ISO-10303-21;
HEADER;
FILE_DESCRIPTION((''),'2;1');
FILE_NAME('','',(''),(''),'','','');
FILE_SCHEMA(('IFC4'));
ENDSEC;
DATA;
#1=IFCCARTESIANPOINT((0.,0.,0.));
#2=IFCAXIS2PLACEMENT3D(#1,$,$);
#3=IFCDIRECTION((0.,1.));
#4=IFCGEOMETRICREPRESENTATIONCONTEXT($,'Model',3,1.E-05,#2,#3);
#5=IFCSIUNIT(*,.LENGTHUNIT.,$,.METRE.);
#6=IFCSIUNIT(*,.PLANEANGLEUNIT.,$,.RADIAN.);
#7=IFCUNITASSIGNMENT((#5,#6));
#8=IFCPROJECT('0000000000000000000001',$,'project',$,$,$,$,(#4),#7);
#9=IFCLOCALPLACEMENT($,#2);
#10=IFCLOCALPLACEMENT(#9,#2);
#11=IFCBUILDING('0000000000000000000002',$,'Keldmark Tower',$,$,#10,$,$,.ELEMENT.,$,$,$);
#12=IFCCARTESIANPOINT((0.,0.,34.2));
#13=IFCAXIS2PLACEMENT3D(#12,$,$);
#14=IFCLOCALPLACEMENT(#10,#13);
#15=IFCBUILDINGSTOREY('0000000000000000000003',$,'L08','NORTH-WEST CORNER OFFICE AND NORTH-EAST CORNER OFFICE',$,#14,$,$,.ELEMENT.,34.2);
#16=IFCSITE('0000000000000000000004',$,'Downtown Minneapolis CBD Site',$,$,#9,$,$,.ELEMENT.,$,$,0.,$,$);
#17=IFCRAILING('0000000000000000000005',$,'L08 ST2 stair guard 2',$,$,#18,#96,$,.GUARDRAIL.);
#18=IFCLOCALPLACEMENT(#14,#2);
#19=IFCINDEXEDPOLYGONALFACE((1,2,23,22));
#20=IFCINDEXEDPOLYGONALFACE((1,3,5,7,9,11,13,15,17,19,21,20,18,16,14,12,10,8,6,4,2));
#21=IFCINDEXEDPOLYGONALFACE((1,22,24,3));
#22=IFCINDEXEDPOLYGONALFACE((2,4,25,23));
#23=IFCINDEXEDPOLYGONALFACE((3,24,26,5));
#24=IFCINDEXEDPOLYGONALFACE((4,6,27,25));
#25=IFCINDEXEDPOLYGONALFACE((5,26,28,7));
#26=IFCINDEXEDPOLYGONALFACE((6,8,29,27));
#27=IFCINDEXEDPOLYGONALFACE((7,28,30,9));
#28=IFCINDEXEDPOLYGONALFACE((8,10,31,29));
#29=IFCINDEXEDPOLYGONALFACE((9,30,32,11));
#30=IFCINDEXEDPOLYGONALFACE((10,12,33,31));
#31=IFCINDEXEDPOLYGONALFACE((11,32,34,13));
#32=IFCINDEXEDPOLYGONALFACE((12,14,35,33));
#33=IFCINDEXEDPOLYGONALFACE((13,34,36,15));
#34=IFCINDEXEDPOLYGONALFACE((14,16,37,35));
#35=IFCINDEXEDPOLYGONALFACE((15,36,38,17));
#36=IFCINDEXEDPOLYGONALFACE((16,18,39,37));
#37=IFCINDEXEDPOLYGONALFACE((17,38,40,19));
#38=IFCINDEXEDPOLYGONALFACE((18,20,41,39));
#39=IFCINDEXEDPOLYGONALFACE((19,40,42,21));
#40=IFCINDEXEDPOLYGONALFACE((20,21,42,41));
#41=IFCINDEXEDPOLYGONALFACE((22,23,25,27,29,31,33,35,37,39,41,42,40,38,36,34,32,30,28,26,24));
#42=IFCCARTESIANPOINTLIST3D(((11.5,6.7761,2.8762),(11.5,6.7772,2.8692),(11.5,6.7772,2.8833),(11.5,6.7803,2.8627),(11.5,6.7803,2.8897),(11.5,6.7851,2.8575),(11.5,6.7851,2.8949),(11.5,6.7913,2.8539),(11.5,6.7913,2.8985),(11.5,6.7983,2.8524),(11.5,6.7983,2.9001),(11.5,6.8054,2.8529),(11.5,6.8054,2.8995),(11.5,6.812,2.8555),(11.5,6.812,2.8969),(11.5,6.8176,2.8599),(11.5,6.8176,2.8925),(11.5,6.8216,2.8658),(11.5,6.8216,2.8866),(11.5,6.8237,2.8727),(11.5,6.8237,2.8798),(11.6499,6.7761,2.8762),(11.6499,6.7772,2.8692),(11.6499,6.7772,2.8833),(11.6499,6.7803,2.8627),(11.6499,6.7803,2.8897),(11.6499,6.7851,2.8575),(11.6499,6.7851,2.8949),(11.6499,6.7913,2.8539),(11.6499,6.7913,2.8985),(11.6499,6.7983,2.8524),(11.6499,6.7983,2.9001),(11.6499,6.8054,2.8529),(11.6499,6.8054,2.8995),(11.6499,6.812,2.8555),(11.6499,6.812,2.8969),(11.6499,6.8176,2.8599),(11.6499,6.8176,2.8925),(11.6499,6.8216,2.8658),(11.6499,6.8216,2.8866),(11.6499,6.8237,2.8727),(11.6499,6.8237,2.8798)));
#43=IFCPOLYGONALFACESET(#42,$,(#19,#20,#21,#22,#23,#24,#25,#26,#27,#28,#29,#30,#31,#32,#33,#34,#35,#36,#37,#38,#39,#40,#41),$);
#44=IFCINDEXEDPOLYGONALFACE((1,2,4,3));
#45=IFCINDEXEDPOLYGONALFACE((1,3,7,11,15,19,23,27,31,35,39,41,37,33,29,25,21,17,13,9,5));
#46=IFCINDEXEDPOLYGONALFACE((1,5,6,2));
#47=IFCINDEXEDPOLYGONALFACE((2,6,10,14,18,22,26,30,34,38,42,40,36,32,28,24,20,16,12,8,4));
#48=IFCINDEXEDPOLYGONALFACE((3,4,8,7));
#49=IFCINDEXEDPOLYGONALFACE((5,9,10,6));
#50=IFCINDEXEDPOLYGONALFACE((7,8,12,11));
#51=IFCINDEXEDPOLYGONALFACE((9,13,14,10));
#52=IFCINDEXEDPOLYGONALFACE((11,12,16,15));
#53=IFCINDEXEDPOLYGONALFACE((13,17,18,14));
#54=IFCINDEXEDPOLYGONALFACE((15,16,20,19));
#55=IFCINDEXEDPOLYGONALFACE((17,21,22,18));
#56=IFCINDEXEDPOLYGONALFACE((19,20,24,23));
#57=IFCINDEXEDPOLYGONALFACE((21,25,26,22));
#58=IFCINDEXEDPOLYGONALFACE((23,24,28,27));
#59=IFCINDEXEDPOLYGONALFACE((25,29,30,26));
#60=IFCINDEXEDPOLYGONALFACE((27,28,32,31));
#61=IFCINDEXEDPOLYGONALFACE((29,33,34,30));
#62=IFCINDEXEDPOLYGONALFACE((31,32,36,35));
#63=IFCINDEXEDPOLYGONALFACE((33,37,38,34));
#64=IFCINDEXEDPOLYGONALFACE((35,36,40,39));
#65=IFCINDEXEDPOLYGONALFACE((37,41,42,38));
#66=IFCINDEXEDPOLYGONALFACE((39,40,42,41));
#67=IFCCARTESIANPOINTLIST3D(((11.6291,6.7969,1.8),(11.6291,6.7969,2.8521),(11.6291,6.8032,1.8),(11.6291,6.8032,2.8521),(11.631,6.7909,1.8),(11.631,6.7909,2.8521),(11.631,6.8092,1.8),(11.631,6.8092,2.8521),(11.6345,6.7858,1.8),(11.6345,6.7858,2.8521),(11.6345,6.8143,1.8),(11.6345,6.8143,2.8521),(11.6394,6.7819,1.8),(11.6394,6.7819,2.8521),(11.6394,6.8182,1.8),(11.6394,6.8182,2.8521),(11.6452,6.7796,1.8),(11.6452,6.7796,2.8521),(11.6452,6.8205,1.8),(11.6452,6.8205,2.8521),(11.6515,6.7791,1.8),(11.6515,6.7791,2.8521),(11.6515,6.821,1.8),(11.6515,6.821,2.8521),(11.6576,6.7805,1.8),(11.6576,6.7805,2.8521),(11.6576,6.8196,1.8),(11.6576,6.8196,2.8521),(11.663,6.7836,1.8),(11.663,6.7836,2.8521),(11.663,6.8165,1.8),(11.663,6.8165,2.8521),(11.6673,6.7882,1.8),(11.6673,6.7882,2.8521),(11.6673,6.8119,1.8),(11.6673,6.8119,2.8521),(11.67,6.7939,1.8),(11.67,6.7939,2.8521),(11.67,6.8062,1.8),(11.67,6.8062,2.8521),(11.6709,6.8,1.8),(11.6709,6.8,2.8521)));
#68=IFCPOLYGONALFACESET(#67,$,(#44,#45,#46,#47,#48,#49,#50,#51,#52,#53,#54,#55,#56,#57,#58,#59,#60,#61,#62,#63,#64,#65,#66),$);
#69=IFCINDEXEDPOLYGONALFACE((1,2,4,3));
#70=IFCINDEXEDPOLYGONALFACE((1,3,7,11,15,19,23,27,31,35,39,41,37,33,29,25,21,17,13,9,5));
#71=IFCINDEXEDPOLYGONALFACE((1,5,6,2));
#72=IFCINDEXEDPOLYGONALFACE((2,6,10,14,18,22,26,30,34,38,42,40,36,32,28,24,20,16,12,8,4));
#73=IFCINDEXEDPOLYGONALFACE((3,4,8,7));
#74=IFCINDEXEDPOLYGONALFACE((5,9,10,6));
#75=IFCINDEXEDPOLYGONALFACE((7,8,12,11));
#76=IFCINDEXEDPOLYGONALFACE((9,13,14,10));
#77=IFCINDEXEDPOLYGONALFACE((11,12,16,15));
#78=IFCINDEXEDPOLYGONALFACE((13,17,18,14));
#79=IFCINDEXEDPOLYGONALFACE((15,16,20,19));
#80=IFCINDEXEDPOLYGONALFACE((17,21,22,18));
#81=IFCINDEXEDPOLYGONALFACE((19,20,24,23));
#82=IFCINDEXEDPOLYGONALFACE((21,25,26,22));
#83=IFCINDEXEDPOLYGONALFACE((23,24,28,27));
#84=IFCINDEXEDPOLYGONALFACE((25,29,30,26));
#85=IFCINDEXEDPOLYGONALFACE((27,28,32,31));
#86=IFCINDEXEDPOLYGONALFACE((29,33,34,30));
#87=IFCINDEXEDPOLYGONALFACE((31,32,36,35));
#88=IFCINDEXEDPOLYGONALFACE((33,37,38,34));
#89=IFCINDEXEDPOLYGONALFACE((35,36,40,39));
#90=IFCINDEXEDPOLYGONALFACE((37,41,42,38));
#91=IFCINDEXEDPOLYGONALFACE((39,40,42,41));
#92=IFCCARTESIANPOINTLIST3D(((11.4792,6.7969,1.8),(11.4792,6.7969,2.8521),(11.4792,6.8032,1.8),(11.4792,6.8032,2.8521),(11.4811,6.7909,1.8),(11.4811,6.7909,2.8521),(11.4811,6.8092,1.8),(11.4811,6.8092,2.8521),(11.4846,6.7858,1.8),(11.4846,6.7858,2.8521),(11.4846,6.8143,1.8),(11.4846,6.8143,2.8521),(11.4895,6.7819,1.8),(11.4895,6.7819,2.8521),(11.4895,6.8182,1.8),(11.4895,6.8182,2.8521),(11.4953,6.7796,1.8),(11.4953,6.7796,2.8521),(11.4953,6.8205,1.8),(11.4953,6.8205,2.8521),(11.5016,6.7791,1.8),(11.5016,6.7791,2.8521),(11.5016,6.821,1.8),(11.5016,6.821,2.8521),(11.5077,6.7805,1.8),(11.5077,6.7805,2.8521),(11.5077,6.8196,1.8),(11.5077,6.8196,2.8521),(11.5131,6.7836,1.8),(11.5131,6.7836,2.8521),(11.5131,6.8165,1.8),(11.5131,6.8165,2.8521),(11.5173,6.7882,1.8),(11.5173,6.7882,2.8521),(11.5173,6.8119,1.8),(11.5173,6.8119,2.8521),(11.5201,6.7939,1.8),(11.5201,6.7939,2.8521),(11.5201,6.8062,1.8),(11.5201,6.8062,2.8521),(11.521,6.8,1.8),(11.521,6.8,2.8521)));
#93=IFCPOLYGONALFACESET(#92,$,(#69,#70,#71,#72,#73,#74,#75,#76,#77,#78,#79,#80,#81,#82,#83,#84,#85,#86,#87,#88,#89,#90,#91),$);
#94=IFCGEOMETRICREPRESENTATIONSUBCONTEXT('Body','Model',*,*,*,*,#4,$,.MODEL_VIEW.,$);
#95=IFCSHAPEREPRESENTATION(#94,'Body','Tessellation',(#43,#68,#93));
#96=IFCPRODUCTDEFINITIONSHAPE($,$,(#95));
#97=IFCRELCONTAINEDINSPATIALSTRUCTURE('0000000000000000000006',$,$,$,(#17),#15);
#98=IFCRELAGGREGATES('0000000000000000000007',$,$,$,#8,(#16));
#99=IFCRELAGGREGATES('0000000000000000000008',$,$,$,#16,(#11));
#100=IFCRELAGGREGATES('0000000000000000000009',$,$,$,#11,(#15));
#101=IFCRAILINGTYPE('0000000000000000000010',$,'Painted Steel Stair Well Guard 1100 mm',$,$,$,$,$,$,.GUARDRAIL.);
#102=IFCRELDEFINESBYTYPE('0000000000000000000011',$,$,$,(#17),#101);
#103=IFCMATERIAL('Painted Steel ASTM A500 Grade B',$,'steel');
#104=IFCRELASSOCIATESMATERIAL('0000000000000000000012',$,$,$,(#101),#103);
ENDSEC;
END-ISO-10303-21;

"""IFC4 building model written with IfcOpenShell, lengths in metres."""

from ifc_helpers import new_model, si_unit, direction, frame, origin, origin_2d, place, context, subcontext, project, spatial, circle, extrude, material, type_object, element, save


model = new_model("IFC4")

# Units and contexts
model_context = context("Model", 3, precision=1e-05, world=origin(), true_north=direction((0.0, 1.0)))
body_context = subcontext(model_context, "Body", "Model", "MODEL_VIEW")
ifc_project = project(units=[si_unit("LENGTHUNIT", "METRE"), si_unit("PLANEANGLEUNIT", "RADIAN")], contexts=[model_context])

# Site, building, storey
site_placement = place(None, origin())
site = spatial("IfcSite", under=ifc_project, at=site_placement, Name="Downtown Minneapolis CBD Site", CompositionType="ELEMENT", RefElevation=0.0)
building_placement = place(site_placement, origin())
building = spatial("IfcBuilding", under=site, at=building_placement, Name="Keldmark Tower", CompositionType="ELEMENT")
storey_placement = place(building_placement, frame((0.0, 0.0, 34.2)))
storey = spatial("IfcBuildingStorey", under=building, at=storey_placement, Name="L08", Description="NORTH-WEST CORNER OFFICE AND NORTH-EAST CORNER OFFICE", CompositionType="ELEMENT", Elevation=34.2)

# Railing
ifc_material_1 = material(Name="Painted Steel ASTM A500 Grade B", Category="steel")
railing_type_1 = type_object("IfcRailingType", Name="Painted Steel Stair Well Guard 1100 mm", PredefinedType="GUARDRAIL", material=ifc_material_1)
railing_1_placement = place(storey_placement, frame((11.6499, 6.8, 1.8)))
element("IfcRailing", 1, at=railing_1_placement, inside=storey, type_object=railing_type_1, Name="L08 ST2 stair guard 2", PredefinedType="GUARDRAIL", context=body_context, shape_type="SweptSolid", body=[
    extrude(circle(Radius=0.0239, at=origin_2d()), frame((0.0, 0.0, 1.0762), z_axis=(-1.0, 0.0, 0.0), x_axis=(0.0, -1.0, 0.0)), (0.0, 0.0, 1.0), 0.1499),
    extrude(circle(Radius=0.021, at=origin_2d()), origin(), (0.0, 0.0, 1.0), 1.052),
    extrude(circle(Radius=0.021, at=origin_2d()), frame((-0.1499, 0.0, 0.0)), (0.0, 0.0, 1.0), 1.052),
])

save(model, "model.ifc")
